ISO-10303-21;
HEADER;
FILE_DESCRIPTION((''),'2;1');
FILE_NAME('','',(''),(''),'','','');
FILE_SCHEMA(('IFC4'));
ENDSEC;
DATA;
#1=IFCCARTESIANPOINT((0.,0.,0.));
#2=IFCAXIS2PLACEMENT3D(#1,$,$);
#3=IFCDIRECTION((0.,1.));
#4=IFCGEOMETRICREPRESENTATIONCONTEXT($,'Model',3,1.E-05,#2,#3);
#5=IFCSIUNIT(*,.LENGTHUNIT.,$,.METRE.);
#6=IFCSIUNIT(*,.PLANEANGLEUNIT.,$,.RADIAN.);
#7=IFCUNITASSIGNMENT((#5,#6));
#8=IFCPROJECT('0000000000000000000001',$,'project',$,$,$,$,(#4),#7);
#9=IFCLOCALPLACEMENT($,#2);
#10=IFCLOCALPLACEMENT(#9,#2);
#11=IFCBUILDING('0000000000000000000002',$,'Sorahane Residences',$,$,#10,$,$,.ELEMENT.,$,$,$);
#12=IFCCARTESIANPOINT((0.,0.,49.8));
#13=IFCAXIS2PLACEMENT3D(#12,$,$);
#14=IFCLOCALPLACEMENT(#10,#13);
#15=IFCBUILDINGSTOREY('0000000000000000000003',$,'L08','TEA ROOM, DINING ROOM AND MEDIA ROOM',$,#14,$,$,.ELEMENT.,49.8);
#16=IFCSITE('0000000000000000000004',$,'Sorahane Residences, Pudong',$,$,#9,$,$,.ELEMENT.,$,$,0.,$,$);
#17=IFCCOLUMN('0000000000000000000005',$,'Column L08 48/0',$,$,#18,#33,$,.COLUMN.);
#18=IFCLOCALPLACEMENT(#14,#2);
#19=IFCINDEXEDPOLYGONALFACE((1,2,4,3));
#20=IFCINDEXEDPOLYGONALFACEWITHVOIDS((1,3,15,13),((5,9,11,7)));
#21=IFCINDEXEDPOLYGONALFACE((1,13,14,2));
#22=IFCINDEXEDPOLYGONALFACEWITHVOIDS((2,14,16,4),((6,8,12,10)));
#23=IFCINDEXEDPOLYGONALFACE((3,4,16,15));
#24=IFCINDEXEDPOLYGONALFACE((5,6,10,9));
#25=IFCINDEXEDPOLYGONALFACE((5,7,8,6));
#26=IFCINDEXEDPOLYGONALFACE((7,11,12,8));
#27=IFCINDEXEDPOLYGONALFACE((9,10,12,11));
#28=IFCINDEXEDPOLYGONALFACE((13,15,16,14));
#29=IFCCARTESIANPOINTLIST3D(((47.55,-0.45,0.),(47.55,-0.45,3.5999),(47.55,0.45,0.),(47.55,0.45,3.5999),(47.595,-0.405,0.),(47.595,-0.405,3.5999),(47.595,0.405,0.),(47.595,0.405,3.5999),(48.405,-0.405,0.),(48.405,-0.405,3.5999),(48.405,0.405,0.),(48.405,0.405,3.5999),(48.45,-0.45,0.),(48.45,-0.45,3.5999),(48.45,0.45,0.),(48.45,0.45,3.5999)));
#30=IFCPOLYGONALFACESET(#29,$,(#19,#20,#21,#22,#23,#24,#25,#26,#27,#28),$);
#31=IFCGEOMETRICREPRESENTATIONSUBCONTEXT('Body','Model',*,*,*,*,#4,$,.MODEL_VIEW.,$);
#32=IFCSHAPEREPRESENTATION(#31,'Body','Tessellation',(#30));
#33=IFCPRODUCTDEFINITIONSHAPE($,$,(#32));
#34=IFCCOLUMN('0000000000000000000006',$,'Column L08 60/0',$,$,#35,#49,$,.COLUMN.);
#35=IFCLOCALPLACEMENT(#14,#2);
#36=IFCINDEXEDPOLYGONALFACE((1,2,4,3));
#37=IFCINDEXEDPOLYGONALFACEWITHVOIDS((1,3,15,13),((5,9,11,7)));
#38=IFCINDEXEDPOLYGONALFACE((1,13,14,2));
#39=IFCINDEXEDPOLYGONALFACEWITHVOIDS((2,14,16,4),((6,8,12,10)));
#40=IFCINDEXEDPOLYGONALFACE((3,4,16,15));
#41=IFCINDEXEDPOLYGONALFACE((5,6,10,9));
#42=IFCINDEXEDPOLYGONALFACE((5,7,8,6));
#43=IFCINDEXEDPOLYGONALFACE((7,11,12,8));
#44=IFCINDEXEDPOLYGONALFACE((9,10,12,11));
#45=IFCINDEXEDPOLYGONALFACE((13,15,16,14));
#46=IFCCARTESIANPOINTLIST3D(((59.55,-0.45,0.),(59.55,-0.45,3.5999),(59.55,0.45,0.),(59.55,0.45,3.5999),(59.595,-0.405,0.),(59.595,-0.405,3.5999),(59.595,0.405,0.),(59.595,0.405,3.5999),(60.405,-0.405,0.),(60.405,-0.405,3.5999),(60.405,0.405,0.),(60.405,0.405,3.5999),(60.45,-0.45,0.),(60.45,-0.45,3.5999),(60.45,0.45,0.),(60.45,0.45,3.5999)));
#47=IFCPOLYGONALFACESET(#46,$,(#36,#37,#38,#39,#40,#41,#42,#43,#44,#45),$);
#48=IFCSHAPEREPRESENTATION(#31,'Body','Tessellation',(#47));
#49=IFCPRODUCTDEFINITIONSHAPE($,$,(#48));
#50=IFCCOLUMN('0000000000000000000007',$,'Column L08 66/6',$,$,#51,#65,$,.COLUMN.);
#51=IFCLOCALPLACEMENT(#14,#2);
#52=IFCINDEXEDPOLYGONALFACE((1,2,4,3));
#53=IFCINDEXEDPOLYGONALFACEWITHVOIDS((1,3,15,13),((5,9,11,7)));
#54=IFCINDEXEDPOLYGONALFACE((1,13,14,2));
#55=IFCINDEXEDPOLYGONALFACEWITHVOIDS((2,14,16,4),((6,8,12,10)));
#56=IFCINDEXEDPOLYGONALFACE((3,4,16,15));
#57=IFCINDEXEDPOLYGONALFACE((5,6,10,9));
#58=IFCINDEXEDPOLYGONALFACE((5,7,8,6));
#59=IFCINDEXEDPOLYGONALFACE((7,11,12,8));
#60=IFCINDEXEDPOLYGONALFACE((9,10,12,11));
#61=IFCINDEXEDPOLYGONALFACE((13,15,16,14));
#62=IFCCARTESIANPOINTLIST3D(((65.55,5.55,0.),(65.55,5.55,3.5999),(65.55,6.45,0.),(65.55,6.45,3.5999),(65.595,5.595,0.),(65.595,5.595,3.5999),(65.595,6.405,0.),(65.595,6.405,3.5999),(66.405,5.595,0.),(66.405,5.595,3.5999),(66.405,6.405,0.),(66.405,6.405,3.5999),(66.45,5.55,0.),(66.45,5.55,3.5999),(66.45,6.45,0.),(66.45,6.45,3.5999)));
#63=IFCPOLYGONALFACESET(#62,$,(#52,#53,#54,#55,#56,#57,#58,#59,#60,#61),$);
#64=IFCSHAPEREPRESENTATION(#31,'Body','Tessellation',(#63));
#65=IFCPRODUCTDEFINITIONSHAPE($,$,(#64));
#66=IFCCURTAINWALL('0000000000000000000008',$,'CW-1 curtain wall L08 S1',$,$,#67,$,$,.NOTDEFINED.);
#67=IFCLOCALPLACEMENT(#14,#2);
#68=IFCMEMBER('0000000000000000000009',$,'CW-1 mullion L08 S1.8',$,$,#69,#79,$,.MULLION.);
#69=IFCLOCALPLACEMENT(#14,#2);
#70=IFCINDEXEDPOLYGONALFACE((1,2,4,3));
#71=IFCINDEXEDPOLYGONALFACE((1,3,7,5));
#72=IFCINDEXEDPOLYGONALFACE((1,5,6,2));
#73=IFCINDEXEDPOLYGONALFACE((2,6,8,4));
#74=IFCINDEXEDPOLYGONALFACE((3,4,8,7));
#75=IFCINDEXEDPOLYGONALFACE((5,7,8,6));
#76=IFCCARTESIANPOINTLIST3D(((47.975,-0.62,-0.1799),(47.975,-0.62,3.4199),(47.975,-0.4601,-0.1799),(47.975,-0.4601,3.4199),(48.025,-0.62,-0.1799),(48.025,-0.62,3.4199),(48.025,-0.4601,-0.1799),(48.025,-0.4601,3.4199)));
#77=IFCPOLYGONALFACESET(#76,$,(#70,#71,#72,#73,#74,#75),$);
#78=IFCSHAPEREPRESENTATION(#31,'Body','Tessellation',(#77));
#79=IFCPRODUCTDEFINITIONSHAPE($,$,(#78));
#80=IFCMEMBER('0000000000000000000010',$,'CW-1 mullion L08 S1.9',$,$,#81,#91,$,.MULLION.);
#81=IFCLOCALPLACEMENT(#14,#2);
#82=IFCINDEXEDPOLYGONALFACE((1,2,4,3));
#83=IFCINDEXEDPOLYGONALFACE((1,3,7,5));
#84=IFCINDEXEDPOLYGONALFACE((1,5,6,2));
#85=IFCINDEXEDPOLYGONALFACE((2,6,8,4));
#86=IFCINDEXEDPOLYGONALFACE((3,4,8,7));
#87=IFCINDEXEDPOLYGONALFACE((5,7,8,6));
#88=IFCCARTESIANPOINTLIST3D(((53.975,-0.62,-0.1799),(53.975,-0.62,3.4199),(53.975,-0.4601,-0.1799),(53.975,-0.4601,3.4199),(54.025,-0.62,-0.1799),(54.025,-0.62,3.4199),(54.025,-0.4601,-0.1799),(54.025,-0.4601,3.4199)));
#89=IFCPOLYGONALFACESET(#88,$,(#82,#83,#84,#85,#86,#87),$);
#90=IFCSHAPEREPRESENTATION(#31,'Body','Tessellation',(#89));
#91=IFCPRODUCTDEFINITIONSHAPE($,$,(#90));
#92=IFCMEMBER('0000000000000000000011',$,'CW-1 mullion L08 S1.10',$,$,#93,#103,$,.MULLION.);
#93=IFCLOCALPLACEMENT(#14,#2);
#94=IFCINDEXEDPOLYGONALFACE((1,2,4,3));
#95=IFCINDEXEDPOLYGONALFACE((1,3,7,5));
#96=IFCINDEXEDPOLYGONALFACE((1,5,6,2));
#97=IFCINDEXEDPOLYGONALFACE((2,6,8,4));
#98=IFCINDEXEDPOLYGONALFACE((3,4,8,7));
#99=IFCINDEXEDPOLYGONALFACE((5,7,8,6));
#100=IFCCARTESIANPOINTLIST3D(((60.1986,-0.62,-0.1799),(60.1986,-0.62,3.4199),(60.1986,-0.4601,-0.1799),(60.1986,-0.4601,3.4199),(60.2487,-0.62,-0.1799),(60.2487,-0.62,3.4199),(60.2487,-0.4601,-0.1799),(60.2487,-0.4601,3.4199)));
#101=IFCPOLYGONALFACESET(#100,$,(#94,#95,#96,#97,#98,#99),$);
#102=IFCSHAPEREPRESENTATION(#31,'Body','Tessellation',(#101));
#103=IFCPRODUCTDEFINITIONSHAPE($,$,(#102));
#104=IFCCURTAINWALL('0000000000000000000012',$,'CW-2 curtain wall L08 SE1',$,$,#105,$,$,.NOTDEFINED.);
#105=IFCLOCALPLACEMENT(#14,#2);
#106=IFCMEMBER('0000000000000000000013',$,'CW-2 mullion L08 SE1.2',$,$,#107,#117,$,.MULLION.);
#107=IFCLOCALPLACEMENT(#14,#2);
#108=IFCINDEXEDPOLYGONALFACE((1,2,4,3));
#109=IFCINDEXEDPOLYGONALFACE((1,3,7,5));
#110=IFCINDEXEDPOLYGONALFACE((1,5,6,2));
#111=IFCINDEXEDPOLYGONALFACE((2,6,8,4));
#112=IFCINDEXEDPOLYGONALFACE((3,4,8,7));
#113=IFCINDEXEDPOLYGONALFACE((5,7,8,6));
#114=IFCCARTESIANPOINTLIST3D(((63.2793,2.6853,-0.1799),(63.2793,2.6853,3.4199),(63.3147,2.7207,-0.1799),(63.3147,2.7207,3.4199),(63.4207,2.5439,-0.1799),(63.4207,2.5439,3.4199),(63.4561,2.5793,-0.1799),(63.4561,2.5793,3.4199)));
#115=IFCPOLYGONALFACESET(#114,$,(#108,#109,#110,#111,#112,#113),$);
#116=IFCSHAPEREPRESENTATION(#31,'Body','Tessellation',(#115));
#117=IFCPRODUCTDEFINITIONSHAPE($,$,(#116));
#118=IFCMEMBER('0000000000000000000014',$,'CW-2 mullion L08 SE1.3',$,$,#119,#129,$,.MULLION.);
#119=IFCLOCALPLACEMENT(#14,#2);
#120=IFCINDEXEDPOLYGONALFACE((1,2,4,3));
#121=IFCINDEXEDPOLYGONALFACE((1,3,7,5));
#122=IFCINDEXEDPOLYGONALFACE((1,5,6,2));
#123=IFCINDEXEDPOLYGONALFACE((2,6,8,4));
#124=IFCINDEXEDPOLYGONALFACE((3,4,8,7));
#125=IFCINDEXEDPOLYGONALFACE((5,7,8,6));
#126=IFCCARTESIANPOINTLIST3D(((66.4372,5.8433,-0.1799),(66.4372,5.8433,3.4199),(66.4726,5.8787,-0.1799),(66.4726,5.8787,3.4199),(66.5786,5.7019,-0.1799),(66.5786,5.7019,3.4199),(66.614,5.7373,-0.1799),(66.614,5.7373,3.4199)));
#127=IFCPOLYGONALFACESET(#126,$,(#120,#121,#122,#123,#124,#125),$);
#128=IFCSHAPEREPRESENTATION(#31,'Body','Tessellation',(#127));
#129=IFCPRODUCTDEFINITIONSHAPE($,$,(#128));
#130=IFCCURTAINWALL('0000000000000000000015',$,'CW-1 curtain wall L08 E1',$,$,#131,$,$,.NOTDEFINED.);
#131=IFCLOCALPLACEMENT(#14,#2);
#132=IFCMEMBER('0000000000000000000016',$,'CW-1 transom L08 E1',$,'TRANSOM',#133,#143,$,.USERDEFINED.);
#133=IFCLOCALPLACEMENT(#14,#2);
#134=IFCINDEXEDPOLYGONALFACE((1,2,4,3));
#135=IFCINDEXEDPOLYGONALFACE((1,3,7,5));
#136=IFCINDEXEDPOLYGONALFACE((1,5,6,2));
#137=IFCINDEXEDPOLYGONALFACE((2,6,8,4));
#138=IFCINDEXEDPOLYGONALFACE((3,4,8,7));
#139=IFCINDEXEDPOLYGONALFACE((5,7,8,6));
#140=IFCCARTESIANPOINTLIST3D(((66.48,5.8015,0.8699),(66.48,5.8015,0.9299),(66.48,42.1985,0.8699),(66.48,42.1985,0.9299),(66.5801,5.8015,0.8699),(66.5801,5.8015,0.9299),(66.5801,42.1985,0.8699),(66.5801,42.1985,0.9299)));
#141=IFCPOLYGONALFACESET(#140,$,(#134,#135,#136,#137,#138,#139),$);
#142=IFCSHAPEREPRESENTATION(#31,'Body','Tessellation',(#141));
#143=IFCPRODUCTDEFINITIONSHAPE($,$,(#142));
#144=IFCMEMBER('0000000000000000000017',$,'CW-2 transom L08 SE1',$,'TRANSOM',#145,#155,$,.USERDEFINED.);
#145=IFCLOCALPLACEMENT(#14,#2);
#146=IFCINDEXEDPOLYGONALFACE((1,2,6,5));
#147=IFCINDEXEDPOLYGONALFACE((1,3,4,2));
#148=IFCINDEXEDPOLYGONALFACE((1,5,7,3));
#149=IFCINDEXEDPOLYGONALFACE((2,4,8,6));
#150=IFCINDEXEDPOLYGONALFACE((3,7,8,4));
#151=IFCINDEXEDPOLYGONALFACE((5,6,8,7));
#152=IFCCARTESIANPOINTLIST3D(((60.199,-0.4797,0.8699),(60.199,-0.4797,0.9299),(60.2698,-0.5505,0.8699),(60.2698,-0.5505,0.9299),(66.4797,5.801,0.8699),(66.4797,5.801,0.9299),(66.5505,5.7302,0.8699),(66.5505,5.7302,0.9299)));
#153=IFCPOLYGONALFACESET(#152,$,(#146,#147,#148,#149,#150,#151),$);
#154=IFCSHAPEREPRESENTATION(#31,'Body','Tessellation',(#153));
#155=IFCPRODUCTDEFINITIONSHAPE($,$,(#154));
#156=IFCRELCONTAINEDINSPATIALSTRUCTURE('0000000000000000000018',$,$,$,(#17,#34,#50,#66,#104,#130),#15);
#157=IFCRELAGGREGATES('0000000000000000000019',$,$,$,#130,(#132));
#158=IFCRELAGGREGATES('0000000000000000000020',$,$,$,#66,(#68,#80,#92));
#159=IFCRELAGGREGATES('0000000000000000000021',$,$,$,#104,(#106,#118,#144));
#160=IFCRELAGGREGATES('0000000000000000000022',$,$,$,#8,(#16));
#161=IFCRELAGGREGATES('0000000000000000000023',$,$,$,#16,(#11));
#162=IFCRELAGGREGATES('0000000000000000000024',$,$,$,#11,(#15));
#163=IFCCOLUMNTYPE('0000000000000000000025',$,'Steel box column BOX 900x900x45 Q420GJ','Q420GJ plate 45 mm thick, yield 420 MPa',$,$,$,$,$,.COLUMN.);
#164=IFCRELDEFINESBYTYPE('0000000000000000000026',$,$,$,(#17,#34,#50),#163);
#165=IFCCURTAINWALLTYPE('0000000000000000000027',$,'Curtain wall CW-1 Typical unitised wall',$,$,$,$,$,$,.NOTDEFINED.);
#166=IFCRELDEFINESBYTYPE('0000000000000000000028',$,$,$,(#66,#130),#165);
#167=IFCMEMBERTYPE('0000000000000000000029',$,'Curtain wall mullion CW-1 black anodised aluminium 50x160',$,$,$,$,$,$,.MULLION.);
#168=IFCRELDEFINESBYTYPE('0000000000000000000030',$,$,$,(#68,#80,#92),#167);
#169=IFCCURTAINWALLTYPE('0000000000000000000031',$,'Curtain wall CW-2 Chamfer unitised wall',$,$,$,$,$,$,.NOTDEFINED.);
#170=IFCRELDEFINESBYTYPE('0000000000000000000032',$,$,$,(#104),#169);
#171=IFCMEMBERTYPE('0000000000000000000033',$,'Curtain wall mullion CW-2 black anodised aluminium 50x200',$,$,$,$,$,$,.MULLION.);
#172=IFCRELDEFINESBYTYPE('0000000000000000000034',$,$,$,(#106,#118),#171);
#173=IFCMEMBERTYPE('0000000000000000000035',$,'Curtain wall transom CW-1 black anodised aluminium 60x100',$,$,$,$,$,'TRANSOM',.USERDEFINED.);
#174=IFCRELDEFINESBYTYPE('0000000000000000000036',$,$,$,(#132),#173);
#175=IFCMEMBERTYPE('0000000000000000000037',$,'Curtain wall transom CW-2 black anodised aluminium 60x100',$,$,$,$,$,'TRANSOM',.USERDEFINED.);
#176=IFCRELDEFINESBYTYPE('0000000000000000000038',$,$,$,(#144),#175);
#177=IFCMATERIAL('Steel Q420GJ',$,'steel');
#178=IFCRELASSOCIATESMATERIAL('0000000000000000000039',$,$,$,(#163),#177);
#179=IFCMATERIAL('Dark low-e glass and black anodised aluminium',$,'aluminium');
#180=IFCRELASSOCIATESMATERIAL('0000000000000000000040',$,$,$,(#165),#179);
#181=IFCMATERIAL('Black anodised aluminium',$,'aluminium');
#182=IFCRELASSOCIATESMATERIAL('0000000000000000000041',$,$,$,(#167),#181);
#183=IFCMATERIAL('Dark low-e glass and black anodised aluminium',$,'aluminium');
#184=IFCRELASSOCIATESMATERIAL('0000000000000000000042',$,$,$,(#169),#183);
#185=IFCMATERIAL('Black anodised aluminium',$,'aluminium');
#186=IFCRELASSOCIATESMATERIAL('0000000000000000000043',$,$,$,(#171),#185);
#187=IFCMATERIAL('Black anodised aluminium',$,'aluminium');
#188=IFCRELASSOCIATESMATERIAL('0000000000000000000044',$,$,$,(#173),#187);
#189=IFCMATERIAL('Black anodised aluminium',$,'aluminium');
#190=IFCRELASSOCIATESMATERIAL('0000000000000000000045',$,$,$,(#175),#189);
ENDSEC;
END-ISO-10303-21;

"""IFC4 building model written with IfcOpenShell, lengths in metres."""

from ifc_helpers import new_model, si_unit, direction, frame, origin, origin_2d, place, context, subcontext, project, spatial, rectangle, hollow_rectangle, extrude, material, material_profile, profile_set, type_object, element, aggregate, save


model = new_model("IFC4")

# Units and contexts
model_context = context("Model", 3, precision=1e-05, world=origin(), true_north=direction((0.0, 1.0)))
body_context = subcontext(model_context, "Body", "Model", "MODEL_VIEW")
ifc_project = project(units=[si_unit("LENGTHUNIT", "METRE"), si_unit("PLANEANGLEUNIT", "RADIAN")], contexts=[model_context])

# Site, building, storey
site_placement = place(None, origin())
site = spatial("IfcSite", under=ifc_project, at=site_placement, Name="Sorahane Residences, Pudong", CompositionType="ELEMENT", RefElevation=0.0)
building_placement = place(site_placement, origin())
building = spatial("IfcBuilding", under=site, at=building_placement, Name="Sorahane Residences", CompositionType="ELEMENT")
storey_placement = place(building_placement, frame((0.0, 0.0, 49.8)))
storey = spatial("IfcBuildingStorey", under=building, at=storey_placement, Name="L08", Description="TEA ROOM, DINING ROOM AND MEDIA ROOM", CompositionType="ELEMENT", Elevation=49.8)

# Columns
ifc_material_1 = material(Name="Steel Q420GJ", Category="steel")
ifc_material_profile_1 = material_profile(ifc_material_1, hollow_rectangle(XDim=0.8999, YDim=0.8999, WallThickness=0.0449, at=origin_2d()), Name="BOX 900x900x45")
ifc_profile_set_1 = profile_set([ifc_material_profile_1], Name="Steel Q420GJ")
column_type = type_object("IfcColumnType", Name="Steel box column BOX 900x900x45 Q420GJ", Description="Q420GJ plate 45 mm thick, yield 420 MPa", PredefinedType="COLUMN", material=ifc_profile_set_1)
for number, where, z_axis, x_axis, name in (
    (1, (48.0, 0.0, 0.0), (0.0, 0.0, 1.0), (1.0, 0.0, 0.0), "Column L08 48/0"),
    (2, (60.0, 0.0, 0.0), (0.0, 0.0, 1.0), (1.0, 0.0, 0.0), "Column L08 60/0"),
    (3, (66.0, 6.0, 0.0), (0.0, 0.0, 1.0), (1.0, 0.0, 0.0), "Column L08 66/6"),
):
    element("IfcColumn", number, at=place(storey_placement, frame(where, z_axis=z_axis, x_axis=x_axis)), inside=storey, type_object=column_type, Name=name, PredefinedType="COLUMN", context=body_context, shape_type="SweptSolid", body=[
        extrude(hollow_rectangle(XDim=0.8999, YDim=0.8999, WallThickness=0.0449, at=origin_2d()), origin(), (0.0, 0.0, 1.0), 3.5999),
    ])

# Curtain walls, members
ifc_material_2 = material(Name="Dark low-e glass and black anodised aluminium", Category="aluminium")
curtain_wall_type_1 = type_object("IfcCurtainWallType", Name="Curtain wall CW-1 Typical unitised wall", PredefinedType="NOTDEFINED", material=ifc_material_2)
curtain_wall_1_placement = place(storey_placement, origin())
curtain_wall_1 = element("IfcCurtainWall", 4, at=curtain_wall_1_placement, inside=storey, type_object=curtain_wall_type_1, Name="CW-1 curtain wall L08 S1", PredefinedType="NOTDEFINED")
ifc_material_3 = material(Name="Black anodised aluminium", Category="aluminium")
ifc_material_profile_2 = material_profile(ifc_material_3, rectangle(XDim=0.1599, YDim=0.05, at=origin_2d()), Name="Curtain wall mullion CW-1 black anodised aluminium 50x160")
ifc_profile_set_2 = profile_set([ifc_material_profile_2], Name="Black anodised aluminium")
member_type_1 = type_object("IfcMemberType", Name="Curtain wall mullion CW-1 black anodised aluminium 50x160", PredefinedType="MULLION", material=ifc_profile_set_2)
member_1_placement = place(storey_placement, frame((48.0, -0.54, -0.1799), z_axis=(0.0, 0.0, 1.0), x_axis=(0.0, -1.0, 0.0)))
member_1 = element("IfcMember", 5, at=member_1_placement, type_object=member_type_1, Name="CW-1 mullion L08 S1.8", PredefinedType="MULLION", context=body_context, shape_type="SweptSolid", body=[
    extrude(rectangle(XDim=0.1599, YDim=0.05, at=origin_2d()), origin(), (0.0, 0.0, 1.0), 3.5999),
])
member_2_placement = place(storey_placement, frame((54.0, -0.54, -0.1799), z_axis=(0.0, 0.0, 1.0), x_axis=(0.0, -1.0, 0.0)))
member_2 = element("IfcMember", 6, at=member_2_placement, type_object=member_type_1, Name="CW-1 mullion L08 S1.9", PredefinedType="MULLION", context=body_context, shape_type="SweptSolid", body=[
    extrude(rectangle(XDim=0.1599, YDim=0.05, at=origin_2d()), origin(), (0.0, 0.0, 1.0), 3.5999),
])
member_3_placement = place(storey_placement, frame((60.2236, -0.54, -0.1799), z_axis=(0.0, 0.0, 1.0), x_axis=(0.0, -1.0, 0.0)))
member_3 = element("IfcMember", 7, at=member_3_placement, type_object=member_type_1, Name="CW-1 mullion L08 S1.10", PredefinedType="MULLION", context=body_context, shape_type="SweptSolid", body=[
    extrude(rectangle(XDim=0.1599, YDim=0.05, at=origin_2d()), origin(), (0.0, 0.0, 1.0), 3.5999),
])
ifc_material_4 = material(Name="Dark low-e glass and black anodised aluminium", Category="aluminium")
curtain_wall_type_2 = type_object("IfcCurtainWallType", Name="Curtain wall CW-2 Chamfer unitised wall", PredefinedType="NOTDEFINED", material=ifc_material_4)
curtain_wall_2_placement = place(storey_placement, origin())
curtain_wall_2 = element("IfcCurtainWall", 8, at=curtain_wall_2_placement, inside=storey, type_object=curtain_wall_type_2, Name="CW-2 curtain wall L08 SE1", PredefinedType="NOTDEFINED")
ifc_material_5 = material(Name="Black anodised aluminium", Category="aluminium")
ifc_material_profile_3 = material_profile(ifc_material_5, rectangle(XDim=0.2, YDim=0.05, at=origin_2d()), Name="Curtain wall mullion CW-2 black anodised aluminium 50x200")
ifc_profile_set_3 = profile_set([ifc_material_profile_3], Name="Black anodised aluminium")
member_type_2 = type_object("IfcMemberType", Name="Curtain wall mullion CW-2 black anodised aluminium 50x200", PredefinedType="MULLION", material=ifc_profile_set_3)
member_4_placement = place(storey_placement, frame((63.3677, 2.6323, -0.1799), z_axis=(0.0, 0.0, 1.0), x_axis=(0.707107, -0.707107, 0.0)))
member_4 = element("IfcMember", 9, at=member_4_placement, type_object=member_type_2, Name="CW-2 mullion L08 SE1.2", PredefinedType="MULLION", context=body_context, shape_type="SweptSolid", body=[
    extrude(rectangle(XDim=0.2, YDim=0.05, at=origin_2d()), origin(), (0.0, 0.0, 1.0), 3.5999),
])
member_5_placement = place(storey_placement, frame((66.5256, 5.7903, -0.1799), z_axis=(0.0, 0.0, 1.0), x_axis=(0.707107, -0.707107, 0.0)))
member_5 = element("IfcMember", 10, at=member_5_placement, type_object=member_type_2, Name="CW-2 mullion L08 SE1.3", PredefinedType="MULLION", context=body_context, shape_type="SweptSolid", body=[
    extrude(rectangle(XDim=0.2, YDim=0.05, at=origin_2d()), origin(), (0.0, 0.0, 1.0), 3.5999),
])

# Curtain wall, member
curtain_wall_3_placement = place(storey_placement, origin())
curtain_wall_3 = element("IfcCurtainWall", 11, at=curtain_wall_3_placement, inside=storey, type_object=curtain_wall_type_1, Name="CW-1 curtain wall L08 E1", PredefinedType="NOTDEFINED")
ifc_material_6 = material(Name="Black anodised aluminium", Category="aluminium")
ifc_material_profile_4 = material_profile(ifc_material_6, rectangle(XDim=0.1001, YDim=0.0601, at=origin_2d()), Name="Curtain wall transom CW-1 black anodised aluminium 60x100")
ifc_profile_set_4 = profile_set([ifc_material_profile_4], Name="Black anodised aluminium")
member_type_3 = type_object("IfcMemberType", Name="Curtain wall transom CW-1 black anodised aluminium 60x100", ElementType="TRANSOM", PredefinedType="USERDEFINED", material=ifc_profile_set_4)
member_6_placement = place(storey_placement, frame((66.53, 5.8015, 0.8999), z_axis=(0.0, 1.0, 0.0), x_axis=(-1.0, 0.0, 0.0)))
member_6 = element("IfcMember", 12, at=member_6_placement, type_object=member_type_3, Name="CW-1 transom L08 E1", ObjectType="TRANSOM", PredefinedType="USERDEFINED", context=body_context, shape_type="SweptSolid", body=[
    extrude(rectangle(XDim=0.1001, YDim=0.0601, at=origin_2d()), origin(), (0.0, 0.0, 1.0), 36.397),
])
aggregate(curtain_wall_3, [member_6])

# Member
ifc_material_7 = material(Name="Black anodised aluminium", Category="aluminium")
ifc_material_profile_5 = material_profile(ifc_material_7, rectangle(XDim=0.1001, YDim=0.0601, at=origin_2d()), Name="Curtain wall transom CW-2 black anodised aluminium 60x100")
ifc_profile_set_5 = profile_set([ifc_material_profile_5], Name="Black anodised aluminium")
member_type_4 = type_object("IfcMemberType", Name="Curtain wall transom CW-2 black anodised aluminium 60x100", ElementType="TRANSOM", PredefinedType="USERDEFINED", material=ifc_profile_set_5)
member_7_placement = place(storey_placement, frame((60.2344, -0.5151, 0.8999), z_axis=(0.707107, 0.707107, 0.0), x_axis=(-0.707107, 0.707107, 0.0)))
member_7 = element("IfcMember", 13, at=member_7_placement, type_object=member_type_4, Name="CW-2 transom L08 SE1", ObjectType="TRANSOM", PredefinedType="USERDEFINED", context=body_context, shape_type="SweptSolid", body=[
    extrude(rectangle(XDim=0.1001, YDim=0.0601, at=origin_2d()), origin(), (0.0, 0.0, 1.0), 8.8823),
])

aggregate(curtain_wall_1, [member_1, member_2, member_3])
aggregate(curtain_wall_2, [member_4, member_5, member_7])

save(model, "model.ifc")
